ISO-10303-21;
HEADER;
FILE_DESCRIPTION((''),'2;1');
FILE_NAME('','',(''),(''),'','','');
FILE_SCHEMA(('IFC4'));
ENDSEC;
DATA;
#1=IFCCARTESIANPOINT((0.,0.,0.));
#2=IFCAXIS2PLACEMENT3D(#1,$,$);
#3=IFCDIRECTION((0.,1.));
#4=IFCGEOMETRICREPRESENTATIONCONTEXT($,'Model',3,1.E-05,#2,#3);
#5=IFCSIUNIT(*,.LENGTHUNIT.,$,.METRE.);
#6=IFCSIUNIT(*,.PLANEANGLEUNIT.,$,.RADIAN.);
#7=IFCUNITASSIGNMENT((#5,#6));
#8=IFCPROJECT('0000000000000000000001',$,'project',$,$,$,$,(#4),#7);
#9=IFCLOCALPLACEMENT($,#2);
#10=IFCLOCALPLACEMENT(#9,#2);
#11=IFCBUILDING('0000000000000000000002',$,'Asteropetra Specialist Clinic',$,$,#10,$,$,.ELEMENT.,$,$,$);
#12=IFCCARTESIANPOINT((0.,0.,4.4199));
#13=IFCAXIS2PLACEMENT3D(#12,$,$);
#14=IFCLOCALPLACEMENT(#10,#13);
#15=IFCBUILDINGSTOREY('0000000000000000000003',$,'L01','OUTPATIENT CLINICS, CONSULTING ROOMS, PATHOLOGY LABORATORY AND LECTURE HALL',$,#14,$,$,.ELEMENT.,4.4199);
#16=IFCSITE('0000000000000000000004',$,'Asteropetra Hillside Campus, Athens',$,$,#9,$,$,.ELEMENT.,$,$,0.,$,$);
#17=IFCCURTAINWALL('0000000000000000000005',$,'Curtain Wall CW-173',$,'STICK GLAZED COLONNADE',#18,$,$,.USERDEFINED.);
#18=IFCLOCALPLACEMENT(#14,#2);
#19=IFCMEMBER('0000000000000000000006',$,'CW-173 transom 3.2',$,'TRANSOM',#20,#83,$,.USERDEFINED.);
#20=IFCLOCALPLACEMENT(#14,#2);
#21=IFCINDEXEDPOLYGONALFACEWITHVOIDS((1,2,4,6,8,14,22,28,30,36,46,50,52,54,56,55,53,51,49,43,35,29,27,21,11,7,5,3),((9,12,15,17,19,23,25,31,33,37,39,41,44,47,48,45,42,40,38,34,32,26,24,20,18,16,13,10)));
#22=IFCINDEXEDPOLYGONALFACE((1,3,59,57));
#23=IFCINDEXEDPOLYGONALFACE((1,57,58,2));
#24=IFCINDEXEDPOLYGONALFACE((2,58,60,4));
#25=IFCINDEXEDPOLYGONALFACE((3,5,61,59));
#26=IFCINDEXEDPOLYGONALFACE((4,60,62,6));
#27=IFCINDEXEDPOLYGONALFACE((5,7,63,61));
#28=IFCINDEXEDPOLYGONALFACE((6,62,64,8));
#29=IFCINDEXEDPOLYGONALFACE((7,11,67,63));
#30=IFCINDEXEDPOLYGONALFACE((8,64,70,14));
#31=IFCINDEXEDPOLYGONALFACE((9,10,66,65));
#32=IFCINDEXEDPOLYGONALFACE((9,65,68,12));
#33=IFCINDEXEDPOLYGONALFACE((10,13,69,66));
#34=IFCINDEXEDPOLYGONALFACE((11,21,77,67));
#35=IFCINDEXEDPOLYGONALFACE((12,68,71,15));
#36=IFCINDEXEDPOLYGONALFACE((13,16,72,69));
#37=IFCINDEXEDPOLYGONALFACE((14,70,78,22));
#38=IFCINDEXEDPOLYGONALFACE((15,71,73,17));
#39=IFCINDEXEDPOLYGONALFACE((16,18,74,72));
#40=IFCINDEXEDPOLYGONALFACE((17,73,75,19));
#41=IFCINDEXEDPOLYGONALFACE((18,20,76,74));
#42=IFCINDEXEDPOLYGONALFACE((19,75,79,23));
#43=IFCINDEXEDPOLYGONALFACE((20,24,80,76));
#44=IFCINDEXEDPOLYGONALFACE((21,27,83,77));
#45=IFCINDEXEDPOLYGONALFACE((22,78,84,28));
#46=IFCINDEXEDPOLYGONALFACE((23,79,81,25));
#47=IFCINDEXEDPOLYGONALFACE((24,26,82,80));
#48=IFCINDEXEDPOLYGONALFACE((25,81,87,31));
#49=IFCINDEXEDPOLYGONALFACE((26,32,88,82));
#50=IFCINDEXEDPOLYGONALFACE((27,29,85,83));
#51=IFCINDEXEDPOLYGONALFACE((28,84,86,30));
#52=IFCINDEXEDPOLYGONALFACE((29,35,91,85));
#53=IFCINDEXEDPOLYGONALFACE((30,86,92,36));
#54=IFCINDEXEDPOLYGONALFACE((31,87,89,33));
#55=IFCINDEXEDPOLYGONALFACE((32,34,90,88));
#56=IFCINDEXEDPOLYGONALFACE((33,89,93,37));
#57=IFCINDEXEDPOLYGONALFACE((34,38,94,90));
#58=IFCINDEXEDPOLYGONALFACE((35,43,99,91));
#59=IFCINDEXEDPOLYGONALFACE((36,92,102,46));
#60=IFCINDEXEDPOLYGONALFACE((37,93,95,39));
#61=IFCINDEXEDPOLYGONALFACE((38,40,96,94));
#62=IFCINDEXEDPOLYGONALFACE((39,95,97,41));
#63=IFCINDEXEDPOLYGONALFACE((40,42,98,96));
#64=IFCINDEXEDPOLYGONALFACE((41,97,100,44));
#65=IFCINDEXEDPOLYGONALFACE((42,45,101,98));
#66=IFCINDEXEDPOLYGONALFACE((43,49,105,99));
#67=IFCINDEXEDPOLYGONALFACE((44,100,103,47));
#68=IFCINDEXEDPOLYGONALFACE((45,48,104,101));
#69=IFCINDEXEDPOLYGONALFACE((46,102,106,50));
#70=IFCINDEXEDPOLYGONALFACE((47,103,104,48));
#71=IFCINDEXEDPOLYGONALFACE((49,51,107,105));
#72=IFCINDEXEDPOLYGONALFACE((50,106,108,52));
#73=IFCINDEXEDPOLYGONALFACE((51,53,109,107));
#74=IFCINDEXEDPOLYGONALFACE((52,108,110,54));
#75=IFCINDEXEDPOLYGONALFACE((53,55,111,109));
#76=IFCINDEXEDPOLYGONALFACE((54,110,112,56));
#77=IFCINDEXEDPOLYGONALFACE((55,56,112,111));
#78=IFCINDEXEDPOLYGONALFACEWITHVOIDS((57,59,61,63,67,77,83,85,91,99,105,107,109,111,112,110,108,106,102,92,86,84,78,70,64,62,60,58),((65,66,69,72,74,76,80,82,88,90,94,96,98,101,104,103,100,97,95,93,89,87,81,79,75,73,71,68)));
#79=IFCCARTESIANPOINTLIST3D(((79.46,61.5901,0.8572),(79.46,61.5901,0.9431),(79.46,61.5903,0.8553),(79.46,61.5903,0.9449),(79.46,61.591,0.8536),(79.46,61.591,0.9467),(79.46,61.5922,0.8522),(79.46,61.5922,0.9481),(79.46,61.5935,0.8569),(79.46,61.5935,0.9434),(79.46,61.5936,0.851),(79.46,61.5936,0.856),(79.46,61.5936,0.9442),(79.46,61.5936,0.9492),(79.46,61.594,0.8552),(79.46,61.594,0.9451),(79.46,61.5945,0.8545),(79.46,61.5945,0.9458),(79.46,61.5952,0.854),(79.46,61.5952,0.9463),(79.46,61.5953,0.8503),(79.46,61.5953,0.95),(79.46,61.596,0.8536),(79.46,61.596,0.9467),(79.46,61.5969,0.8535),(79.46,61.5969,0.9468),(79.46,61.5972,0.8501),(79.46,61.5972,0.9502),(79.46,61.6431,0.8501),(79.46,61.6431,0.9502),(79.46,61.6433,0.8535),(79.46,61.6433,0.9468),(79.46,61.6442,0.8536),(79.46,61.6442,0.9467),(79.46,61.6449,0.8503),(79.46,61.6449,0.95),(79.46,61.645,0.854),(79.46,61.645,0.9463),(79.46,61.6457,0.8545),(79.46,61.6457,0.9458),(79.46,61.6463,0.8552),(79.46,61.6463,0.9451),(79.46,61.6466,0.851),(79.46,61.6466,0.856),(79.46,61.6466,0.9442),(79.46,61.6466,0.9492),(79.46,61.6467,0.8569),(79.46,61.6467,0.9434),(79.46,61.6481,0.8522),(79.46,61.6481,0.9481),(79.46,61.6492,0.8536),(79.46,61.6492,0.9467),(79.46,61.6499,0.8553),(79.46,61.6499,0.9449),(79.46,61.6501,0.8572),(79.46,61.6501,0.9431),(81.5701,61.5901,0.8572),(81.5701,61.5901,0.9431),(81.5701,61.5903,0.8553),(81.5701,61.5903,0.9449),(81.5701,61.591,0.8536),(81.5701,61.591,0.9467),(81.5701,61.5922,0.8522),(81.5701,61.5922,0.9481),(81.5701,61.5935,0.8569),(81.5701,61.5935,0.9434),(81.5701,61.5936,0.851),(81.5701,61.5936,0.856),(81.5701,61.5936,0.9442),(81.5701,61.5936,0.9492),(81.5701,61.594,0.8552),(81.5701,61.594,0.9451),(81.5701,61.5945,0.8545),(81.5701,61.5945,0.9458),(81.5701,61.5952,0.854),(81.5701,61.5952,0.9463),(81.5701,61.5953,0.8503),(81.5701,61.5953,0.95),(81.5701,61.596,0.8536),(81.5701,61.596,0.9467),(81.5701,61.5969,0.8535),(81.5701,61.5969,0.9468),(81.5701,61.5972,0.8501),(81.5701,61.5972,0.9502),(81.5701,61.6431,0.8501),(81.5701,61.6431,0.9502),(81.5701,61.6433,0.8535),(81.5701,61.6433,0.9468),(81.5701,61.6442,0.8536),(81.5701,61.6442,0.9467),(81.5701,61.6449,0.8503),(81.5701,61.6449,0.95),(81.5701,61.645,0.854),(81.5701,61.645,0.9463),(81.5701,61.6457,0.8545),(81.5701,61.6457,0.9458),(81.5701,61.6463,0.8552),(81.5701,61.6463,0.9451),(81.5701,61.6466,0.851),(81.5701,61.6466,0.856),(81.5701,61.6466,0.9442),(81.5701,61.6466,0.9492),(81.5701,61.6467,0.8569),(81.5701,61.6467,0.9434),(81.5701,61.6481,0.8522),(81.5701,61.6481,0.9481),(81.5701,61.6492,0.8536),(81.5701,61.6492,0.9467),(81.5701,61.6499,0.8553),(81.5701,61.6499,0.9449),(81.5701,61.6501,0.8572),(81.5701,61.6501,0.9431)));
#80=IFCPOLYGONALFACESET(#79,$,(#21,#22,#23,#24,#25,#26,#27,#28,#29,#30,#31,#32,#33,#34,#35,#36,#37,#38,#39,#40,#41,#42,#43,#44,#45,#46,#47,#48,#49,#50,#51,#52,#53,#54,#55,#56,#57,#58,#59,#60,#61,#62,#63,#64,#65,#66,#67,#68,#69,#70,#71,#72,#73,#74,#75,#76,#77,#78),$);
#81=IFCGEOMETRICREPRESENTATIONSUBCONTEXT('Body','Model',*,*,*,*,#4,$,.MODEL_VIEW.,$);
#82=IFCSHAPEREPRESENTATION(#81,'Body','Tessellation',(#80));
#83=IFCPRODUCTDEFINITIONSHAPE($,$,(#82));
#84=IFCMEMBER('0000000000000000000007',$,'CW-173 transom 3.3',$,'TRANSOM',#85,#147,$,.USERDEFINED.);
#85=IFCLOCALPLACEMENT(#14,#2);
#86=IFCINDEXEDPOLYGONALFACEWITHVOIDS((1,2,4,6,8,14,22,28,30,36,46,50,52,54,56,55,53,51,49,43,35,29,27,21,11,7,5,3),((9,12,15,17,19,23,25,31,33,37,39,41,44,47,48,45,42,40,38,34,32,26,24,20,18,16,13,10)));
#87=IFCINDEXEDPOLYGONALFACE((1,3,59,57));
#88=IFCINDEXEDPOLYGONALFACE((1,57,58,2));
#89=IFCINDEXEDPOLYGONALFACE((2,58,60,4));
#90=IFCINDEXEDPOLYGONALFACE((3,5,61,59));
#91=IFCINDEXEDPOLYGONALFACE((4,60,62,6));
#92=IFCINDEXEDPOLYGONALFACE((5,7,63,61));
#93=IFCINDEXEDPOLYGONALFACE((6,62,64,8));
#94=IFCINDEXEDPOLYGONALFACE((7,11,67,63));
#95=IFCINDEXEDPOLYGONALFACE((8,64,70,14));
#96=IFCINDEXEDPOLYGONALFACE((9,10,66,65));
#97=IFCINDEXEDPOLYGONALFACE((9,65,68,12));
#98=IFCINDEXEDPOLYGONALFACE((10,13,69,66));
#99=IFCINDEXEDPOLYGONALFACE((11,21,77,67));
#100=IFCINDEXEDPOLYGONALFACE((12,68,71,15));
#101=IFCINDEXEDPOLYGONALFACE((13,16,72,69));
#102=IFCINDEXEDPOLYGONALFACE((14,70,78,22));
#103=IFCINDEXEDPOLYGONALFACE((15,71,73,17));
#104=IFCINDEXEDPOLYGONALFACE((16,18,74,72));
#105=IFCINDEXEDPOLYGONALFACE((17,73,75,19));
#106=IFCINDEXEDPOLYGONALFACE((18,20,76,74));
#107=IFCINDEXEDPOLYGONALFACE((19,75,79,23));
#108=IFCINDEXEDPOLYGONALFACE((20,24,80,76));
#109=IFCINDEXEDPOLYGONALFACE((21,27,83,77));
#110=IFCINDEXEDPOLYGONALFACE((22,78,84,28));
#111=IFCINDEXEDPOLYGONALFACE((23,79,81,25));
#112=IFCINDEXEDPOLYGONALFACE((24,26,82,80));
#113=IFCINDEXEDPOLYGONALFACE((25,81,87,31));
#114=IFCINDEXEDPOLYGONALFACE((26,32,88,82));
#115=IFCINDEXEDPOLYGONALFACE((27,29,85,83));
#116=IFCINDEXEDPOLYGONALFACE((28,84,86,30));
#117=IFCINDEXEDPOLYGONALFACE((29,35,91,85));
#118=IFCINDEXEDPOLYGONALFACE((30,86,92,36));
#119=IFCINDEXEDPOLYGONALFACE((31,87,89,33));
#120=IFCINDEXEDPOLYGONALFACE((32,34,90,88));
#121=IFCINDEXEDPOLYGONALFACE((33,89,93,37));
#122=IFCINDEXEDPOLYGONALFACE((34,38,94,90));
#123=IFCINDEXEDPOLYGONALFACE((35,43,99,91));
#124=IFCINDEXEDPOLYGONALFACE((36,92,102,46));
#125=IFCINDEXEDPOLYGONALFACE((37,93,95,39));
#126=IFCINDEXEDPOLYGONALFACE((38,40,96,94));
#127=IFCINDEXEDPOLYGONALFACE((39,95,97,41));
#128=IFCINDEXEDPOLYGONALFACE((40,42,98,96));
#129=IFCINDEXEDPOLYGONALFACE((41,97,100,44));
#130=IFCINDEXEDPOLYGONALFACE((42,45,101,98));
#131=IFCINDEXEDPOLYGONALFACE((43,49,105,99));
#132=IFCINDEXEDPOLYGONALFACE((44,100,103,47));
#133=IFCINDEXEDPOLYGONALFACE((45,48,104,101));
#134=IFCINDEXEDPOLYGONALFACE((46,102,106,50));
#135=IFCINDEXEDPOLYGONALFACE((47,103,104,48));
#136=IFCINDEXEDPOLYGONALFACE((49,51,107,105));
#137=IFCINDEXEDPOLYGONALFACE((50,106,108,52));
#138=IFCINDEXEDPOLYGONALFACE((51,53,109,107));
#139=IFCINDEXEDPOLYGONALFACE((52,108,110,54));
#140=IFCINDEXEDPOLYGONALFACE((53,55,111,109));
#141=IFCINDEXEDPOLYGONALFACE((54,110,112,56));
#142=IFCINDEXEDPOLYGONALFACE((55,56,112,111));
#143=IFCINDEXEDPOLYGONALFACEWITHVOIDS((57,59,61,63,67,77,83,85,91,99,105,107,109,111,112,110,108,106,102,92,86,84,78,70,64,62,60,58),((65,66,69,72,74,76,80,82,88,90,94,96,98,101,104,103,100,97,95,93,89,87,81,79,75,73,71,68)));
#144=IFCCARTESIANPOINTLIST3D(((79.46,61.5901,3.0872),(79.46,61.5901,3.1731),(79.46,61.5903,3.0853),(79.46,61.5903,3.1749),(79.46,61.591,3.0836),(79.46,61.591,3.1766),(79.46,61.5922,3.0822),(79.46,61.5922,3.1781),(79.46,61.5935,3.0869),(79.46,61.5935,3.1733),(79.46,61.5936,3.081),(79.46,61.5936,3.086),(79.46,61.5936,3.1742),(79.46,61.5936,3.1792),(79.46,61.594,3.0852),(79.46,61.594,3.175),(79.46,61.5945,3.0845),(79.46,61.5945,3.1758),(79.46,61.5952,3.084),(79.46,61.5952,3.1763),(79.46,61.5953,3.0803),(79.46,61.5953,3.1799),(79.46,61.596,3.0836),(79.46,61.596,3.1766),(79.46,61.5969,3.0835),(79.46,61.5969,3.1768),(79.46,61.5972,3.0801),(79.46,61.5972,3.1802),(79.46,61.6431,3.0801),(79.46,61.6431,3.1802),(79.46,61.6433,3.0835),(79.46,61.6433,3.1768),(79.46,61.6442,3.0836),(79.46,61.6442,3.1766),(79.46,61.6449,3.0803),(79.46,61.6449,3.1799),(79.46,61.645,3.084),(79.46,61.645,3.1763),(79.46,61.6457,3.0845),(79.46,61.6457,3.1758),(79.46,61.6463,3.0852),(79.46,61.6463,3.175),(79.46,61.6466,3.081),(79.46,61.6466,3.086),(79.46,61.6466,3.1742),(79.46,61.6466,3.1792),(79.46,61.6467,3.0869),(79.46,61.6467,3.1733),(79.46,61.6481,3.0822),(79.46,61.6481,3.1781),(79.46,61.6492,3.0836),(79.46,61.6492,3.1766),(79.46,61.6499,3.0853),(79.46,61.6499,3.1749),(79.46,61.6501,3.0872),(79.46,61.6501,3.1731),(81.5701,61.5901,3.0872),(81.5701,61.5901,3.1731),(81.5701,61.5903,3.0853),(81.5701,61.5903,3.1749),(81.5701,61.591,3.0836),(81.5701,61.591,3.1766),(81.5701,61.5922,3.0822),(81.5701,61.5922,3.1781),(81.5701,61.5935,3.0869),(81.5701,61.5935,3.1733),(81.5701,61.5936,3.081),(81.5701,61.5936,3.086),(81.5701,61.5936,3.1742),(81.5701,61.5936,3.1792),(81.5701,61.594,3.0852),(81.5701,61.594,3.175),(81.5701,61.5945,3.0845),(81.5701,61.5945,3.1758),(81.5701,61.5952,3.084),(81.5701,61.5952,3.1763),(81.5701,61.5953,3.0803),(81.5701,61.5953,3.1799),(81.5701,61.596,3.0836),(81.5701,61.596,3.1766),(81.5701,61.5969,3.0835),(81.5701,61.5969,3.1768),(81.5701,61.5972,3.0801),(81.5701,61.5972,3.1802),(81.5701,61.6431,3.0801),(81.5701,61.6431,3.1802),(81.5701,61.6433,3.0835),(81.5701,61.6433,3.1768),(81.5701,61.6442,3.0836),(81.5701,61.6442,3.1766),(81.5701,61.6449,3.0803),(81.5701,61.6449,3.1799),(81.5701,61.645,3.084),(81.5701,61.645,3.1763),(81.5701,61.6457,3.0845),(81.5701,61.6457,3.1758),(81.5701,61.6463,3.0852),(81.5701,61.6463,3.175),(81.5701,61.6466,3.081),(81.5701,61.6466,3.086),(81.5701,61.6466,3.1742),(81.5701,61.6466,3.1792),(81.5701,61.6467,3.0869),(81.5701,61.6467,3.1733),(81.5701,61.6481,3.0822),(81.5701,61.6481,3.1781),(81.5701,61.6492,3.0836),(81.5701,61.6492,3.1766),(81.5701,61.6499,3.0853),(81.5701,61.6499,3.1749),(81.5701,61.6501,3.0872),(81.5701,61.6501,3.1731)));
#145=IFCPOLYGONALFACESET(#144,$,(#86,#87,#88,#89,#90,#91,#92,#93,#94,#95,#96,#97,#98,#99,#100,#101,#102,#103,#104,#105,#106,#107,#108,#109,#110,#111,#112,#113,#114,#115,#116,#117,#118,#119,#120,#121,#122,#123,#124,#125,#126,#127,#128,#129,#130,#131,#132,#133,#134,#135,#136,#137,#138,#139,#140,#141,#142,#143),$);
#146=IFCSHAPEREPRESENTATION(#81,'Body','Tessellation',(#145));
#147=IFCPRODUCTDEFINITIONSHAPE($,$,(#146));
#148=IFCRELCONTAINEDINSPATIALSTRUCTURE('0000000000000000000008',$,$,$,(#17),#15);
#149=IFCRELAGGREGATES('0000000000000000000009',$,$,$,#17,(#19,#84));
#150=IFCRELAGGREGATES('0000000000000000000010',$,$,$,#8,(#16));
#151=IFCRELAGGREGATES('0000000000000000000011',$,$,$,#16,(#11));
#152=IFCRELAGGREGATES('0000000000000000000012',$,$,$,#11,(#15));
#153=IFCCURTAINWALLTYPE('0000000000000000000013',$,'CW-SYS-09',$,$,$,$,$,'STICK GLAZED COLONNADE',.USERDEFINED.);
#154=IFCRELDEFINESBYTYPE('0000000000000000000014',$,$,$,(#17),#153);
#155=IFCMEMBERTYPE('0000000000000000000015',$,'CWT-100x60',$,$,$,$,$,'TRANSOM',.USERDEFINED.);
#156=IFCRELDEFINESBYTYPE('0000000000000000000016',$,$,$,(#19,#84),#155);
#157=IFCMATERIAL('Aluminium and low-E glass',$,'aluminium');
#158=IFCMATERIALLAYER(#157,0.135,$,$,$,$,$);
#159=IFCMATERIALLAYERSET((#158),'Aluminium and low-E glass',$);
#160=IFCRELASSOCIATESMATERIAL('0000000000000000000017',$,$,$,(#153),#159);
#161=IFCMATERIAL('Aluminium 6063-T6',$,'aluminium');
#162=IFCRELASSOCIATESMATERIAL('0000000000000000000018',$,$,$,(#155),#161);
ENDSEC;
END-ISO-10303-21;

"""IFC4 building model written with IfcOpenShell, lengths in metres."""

from ifc_helpers import new_model, si_unit, direction, frame, origin, origin_2d, place, context, subcontext, project, spatial, hollow_rectangle, extrude, material, layer, layer_set, material_profile, profile_set, type_object, element, aggregate, save


model = new_model("IFC4")

# Units and contexts
model_context = context("Model", 3, precision=1e-05, world=origin(), true_north=direction((0.0, 1.0)))
body_context = subcontext(model_context, "Body", "Model", "MODEL_VIEW")
ifc_project = project(units=[si_unit("LENGTHUNIT", "METRE"), si_unit("PLANEANGLEUNIT", "RADIAN")], contexts=[model_context])

# Site, building, storey
site_placement = place(None, origin())
site = spatial("IfcSite", under=ifc_project, at=site_placement, Name="Asteropetra Hillside Campus, Athens", CompositionType="ELEMENT", RefElevation=0.0)
building_placement = place(site_placement, origin())
building = spatial("IfcBuilding", under=site, at=building_placement, Name="Asteropetra Specialist Clinic", CompositionType="ELEMENT")
storey_placement = place(building_placement, frame((0.0, 0.0, 4.4199)))
storey = spatial("IfcBuildingStorey", under=building, at=storey_placement, Name="L01", Description="OUTPATIENT CLINICS, CONSULTING ROOMS, PATHOLOGY LABORATORY AND LECTURE HALL", CompositionType="ELEMENT", Elevation=4.4199)

# Curtain wall, members
ifc_material_1 = material(Name="Aluminium and low-E glass", Category="aluminium")
ifc_layer_1 = layer(ifc_material_1, 0.135)
ifc_layer_set_1 = layer_set([ifc_layer_1], Name="Aluminium and low-E glass")
curtain_wall_type = type_object("IfcCurtainWallType", Name="CW-SYS-09", ElementType="STICK GLAZED COLONNADE", PredefinedType="USERDEFINED", material=ifc_layer_set_1)
curtain_wall_placement = place(storey_placement, origin())
curtain_wall = element("IfcCurtainWall", 1, at=curtain_wall_placement, inside=storey, type_object=curtain_wall_type, Name="Curtain Wall CW-173", ObjectType="STICK GLAZED COLONNADE", PredefinedType="USERDEFINED")
ifc_material_2 = material(Name="Aluminium 6063-T6", Category="aluminium")
ifc_material_profile_1 = material_profile(ifc_material_2, hollow_rectangle(XDim=0.0601, YDim=0.1001, WallThickness=0.0034, InnerFilletRadius=0.0034, OuterFilletRadius=0.0071, at=origin_2d()), Name="TRN 100x60x3.5")
ifc_profile_set_1 = profile_set([ifc_material_profile_1], Name="Aluminium 6063-T6")
member_type_1 = type_object("IfcMemberType", Name="CWT-100x60", ElementType="TRANSOM", PredefinedType="USERDEFINED", material=ifc_profile_set_1)
member_1_placement = place(storey_placement, frame((81.5701, 61.6201, 0.9001), z_axis=(-1.0, 0.0, 0.0), x_axis=(0.0, -1.0, 0.0)))
member_1 = element("IfcMember", 2, at=member_1_placement, type_object=member_type_1, Name="CW-173 transom 3.2", ObjectType="TRANSOM", PredefinedType="USERDEFINED", context=body_context, shape_type="SweptSolid", body=[
    extrude(hollow_rectangle(XDim=0.0601, YDim=0.1001, WallThickness=0.0034, InnerFilletRadius=0.0034, OuterFilletRadius=0.0071, at=origin_2d()), origin(), (0.0, 0.0, 1.0), 2.1101),
])
member_2_placement = place(storey_placement, frame((81.5701, 61.6201, 3.1301), z_axis=(-1.0, 0.0, 0.0), x_axis=(0.0, -1.0, 0.0)))
member_2 = element("IfcMember", 3, at=member_2_placement, type_object=member_type_1, Name="CW-173 transom 3.3", ObjectType="TRANSOM", PredefinedType="USERDEFINED", context=body_context, shape_type="SweptSolid", body=[
    extrude(hollow_rectangle(XDim=0.0601, YDim=0.1001, WallThickness=0.0034, InnerFilletRadius=0.0034, OuterFilletRadius=0.0071, at=origin_2d()), origin(), (0.0, 0.0, 1.0), 2.1101),
])

aggregate(curtain_wall, [member_1, member_2])

save(model, "model.ifc")
